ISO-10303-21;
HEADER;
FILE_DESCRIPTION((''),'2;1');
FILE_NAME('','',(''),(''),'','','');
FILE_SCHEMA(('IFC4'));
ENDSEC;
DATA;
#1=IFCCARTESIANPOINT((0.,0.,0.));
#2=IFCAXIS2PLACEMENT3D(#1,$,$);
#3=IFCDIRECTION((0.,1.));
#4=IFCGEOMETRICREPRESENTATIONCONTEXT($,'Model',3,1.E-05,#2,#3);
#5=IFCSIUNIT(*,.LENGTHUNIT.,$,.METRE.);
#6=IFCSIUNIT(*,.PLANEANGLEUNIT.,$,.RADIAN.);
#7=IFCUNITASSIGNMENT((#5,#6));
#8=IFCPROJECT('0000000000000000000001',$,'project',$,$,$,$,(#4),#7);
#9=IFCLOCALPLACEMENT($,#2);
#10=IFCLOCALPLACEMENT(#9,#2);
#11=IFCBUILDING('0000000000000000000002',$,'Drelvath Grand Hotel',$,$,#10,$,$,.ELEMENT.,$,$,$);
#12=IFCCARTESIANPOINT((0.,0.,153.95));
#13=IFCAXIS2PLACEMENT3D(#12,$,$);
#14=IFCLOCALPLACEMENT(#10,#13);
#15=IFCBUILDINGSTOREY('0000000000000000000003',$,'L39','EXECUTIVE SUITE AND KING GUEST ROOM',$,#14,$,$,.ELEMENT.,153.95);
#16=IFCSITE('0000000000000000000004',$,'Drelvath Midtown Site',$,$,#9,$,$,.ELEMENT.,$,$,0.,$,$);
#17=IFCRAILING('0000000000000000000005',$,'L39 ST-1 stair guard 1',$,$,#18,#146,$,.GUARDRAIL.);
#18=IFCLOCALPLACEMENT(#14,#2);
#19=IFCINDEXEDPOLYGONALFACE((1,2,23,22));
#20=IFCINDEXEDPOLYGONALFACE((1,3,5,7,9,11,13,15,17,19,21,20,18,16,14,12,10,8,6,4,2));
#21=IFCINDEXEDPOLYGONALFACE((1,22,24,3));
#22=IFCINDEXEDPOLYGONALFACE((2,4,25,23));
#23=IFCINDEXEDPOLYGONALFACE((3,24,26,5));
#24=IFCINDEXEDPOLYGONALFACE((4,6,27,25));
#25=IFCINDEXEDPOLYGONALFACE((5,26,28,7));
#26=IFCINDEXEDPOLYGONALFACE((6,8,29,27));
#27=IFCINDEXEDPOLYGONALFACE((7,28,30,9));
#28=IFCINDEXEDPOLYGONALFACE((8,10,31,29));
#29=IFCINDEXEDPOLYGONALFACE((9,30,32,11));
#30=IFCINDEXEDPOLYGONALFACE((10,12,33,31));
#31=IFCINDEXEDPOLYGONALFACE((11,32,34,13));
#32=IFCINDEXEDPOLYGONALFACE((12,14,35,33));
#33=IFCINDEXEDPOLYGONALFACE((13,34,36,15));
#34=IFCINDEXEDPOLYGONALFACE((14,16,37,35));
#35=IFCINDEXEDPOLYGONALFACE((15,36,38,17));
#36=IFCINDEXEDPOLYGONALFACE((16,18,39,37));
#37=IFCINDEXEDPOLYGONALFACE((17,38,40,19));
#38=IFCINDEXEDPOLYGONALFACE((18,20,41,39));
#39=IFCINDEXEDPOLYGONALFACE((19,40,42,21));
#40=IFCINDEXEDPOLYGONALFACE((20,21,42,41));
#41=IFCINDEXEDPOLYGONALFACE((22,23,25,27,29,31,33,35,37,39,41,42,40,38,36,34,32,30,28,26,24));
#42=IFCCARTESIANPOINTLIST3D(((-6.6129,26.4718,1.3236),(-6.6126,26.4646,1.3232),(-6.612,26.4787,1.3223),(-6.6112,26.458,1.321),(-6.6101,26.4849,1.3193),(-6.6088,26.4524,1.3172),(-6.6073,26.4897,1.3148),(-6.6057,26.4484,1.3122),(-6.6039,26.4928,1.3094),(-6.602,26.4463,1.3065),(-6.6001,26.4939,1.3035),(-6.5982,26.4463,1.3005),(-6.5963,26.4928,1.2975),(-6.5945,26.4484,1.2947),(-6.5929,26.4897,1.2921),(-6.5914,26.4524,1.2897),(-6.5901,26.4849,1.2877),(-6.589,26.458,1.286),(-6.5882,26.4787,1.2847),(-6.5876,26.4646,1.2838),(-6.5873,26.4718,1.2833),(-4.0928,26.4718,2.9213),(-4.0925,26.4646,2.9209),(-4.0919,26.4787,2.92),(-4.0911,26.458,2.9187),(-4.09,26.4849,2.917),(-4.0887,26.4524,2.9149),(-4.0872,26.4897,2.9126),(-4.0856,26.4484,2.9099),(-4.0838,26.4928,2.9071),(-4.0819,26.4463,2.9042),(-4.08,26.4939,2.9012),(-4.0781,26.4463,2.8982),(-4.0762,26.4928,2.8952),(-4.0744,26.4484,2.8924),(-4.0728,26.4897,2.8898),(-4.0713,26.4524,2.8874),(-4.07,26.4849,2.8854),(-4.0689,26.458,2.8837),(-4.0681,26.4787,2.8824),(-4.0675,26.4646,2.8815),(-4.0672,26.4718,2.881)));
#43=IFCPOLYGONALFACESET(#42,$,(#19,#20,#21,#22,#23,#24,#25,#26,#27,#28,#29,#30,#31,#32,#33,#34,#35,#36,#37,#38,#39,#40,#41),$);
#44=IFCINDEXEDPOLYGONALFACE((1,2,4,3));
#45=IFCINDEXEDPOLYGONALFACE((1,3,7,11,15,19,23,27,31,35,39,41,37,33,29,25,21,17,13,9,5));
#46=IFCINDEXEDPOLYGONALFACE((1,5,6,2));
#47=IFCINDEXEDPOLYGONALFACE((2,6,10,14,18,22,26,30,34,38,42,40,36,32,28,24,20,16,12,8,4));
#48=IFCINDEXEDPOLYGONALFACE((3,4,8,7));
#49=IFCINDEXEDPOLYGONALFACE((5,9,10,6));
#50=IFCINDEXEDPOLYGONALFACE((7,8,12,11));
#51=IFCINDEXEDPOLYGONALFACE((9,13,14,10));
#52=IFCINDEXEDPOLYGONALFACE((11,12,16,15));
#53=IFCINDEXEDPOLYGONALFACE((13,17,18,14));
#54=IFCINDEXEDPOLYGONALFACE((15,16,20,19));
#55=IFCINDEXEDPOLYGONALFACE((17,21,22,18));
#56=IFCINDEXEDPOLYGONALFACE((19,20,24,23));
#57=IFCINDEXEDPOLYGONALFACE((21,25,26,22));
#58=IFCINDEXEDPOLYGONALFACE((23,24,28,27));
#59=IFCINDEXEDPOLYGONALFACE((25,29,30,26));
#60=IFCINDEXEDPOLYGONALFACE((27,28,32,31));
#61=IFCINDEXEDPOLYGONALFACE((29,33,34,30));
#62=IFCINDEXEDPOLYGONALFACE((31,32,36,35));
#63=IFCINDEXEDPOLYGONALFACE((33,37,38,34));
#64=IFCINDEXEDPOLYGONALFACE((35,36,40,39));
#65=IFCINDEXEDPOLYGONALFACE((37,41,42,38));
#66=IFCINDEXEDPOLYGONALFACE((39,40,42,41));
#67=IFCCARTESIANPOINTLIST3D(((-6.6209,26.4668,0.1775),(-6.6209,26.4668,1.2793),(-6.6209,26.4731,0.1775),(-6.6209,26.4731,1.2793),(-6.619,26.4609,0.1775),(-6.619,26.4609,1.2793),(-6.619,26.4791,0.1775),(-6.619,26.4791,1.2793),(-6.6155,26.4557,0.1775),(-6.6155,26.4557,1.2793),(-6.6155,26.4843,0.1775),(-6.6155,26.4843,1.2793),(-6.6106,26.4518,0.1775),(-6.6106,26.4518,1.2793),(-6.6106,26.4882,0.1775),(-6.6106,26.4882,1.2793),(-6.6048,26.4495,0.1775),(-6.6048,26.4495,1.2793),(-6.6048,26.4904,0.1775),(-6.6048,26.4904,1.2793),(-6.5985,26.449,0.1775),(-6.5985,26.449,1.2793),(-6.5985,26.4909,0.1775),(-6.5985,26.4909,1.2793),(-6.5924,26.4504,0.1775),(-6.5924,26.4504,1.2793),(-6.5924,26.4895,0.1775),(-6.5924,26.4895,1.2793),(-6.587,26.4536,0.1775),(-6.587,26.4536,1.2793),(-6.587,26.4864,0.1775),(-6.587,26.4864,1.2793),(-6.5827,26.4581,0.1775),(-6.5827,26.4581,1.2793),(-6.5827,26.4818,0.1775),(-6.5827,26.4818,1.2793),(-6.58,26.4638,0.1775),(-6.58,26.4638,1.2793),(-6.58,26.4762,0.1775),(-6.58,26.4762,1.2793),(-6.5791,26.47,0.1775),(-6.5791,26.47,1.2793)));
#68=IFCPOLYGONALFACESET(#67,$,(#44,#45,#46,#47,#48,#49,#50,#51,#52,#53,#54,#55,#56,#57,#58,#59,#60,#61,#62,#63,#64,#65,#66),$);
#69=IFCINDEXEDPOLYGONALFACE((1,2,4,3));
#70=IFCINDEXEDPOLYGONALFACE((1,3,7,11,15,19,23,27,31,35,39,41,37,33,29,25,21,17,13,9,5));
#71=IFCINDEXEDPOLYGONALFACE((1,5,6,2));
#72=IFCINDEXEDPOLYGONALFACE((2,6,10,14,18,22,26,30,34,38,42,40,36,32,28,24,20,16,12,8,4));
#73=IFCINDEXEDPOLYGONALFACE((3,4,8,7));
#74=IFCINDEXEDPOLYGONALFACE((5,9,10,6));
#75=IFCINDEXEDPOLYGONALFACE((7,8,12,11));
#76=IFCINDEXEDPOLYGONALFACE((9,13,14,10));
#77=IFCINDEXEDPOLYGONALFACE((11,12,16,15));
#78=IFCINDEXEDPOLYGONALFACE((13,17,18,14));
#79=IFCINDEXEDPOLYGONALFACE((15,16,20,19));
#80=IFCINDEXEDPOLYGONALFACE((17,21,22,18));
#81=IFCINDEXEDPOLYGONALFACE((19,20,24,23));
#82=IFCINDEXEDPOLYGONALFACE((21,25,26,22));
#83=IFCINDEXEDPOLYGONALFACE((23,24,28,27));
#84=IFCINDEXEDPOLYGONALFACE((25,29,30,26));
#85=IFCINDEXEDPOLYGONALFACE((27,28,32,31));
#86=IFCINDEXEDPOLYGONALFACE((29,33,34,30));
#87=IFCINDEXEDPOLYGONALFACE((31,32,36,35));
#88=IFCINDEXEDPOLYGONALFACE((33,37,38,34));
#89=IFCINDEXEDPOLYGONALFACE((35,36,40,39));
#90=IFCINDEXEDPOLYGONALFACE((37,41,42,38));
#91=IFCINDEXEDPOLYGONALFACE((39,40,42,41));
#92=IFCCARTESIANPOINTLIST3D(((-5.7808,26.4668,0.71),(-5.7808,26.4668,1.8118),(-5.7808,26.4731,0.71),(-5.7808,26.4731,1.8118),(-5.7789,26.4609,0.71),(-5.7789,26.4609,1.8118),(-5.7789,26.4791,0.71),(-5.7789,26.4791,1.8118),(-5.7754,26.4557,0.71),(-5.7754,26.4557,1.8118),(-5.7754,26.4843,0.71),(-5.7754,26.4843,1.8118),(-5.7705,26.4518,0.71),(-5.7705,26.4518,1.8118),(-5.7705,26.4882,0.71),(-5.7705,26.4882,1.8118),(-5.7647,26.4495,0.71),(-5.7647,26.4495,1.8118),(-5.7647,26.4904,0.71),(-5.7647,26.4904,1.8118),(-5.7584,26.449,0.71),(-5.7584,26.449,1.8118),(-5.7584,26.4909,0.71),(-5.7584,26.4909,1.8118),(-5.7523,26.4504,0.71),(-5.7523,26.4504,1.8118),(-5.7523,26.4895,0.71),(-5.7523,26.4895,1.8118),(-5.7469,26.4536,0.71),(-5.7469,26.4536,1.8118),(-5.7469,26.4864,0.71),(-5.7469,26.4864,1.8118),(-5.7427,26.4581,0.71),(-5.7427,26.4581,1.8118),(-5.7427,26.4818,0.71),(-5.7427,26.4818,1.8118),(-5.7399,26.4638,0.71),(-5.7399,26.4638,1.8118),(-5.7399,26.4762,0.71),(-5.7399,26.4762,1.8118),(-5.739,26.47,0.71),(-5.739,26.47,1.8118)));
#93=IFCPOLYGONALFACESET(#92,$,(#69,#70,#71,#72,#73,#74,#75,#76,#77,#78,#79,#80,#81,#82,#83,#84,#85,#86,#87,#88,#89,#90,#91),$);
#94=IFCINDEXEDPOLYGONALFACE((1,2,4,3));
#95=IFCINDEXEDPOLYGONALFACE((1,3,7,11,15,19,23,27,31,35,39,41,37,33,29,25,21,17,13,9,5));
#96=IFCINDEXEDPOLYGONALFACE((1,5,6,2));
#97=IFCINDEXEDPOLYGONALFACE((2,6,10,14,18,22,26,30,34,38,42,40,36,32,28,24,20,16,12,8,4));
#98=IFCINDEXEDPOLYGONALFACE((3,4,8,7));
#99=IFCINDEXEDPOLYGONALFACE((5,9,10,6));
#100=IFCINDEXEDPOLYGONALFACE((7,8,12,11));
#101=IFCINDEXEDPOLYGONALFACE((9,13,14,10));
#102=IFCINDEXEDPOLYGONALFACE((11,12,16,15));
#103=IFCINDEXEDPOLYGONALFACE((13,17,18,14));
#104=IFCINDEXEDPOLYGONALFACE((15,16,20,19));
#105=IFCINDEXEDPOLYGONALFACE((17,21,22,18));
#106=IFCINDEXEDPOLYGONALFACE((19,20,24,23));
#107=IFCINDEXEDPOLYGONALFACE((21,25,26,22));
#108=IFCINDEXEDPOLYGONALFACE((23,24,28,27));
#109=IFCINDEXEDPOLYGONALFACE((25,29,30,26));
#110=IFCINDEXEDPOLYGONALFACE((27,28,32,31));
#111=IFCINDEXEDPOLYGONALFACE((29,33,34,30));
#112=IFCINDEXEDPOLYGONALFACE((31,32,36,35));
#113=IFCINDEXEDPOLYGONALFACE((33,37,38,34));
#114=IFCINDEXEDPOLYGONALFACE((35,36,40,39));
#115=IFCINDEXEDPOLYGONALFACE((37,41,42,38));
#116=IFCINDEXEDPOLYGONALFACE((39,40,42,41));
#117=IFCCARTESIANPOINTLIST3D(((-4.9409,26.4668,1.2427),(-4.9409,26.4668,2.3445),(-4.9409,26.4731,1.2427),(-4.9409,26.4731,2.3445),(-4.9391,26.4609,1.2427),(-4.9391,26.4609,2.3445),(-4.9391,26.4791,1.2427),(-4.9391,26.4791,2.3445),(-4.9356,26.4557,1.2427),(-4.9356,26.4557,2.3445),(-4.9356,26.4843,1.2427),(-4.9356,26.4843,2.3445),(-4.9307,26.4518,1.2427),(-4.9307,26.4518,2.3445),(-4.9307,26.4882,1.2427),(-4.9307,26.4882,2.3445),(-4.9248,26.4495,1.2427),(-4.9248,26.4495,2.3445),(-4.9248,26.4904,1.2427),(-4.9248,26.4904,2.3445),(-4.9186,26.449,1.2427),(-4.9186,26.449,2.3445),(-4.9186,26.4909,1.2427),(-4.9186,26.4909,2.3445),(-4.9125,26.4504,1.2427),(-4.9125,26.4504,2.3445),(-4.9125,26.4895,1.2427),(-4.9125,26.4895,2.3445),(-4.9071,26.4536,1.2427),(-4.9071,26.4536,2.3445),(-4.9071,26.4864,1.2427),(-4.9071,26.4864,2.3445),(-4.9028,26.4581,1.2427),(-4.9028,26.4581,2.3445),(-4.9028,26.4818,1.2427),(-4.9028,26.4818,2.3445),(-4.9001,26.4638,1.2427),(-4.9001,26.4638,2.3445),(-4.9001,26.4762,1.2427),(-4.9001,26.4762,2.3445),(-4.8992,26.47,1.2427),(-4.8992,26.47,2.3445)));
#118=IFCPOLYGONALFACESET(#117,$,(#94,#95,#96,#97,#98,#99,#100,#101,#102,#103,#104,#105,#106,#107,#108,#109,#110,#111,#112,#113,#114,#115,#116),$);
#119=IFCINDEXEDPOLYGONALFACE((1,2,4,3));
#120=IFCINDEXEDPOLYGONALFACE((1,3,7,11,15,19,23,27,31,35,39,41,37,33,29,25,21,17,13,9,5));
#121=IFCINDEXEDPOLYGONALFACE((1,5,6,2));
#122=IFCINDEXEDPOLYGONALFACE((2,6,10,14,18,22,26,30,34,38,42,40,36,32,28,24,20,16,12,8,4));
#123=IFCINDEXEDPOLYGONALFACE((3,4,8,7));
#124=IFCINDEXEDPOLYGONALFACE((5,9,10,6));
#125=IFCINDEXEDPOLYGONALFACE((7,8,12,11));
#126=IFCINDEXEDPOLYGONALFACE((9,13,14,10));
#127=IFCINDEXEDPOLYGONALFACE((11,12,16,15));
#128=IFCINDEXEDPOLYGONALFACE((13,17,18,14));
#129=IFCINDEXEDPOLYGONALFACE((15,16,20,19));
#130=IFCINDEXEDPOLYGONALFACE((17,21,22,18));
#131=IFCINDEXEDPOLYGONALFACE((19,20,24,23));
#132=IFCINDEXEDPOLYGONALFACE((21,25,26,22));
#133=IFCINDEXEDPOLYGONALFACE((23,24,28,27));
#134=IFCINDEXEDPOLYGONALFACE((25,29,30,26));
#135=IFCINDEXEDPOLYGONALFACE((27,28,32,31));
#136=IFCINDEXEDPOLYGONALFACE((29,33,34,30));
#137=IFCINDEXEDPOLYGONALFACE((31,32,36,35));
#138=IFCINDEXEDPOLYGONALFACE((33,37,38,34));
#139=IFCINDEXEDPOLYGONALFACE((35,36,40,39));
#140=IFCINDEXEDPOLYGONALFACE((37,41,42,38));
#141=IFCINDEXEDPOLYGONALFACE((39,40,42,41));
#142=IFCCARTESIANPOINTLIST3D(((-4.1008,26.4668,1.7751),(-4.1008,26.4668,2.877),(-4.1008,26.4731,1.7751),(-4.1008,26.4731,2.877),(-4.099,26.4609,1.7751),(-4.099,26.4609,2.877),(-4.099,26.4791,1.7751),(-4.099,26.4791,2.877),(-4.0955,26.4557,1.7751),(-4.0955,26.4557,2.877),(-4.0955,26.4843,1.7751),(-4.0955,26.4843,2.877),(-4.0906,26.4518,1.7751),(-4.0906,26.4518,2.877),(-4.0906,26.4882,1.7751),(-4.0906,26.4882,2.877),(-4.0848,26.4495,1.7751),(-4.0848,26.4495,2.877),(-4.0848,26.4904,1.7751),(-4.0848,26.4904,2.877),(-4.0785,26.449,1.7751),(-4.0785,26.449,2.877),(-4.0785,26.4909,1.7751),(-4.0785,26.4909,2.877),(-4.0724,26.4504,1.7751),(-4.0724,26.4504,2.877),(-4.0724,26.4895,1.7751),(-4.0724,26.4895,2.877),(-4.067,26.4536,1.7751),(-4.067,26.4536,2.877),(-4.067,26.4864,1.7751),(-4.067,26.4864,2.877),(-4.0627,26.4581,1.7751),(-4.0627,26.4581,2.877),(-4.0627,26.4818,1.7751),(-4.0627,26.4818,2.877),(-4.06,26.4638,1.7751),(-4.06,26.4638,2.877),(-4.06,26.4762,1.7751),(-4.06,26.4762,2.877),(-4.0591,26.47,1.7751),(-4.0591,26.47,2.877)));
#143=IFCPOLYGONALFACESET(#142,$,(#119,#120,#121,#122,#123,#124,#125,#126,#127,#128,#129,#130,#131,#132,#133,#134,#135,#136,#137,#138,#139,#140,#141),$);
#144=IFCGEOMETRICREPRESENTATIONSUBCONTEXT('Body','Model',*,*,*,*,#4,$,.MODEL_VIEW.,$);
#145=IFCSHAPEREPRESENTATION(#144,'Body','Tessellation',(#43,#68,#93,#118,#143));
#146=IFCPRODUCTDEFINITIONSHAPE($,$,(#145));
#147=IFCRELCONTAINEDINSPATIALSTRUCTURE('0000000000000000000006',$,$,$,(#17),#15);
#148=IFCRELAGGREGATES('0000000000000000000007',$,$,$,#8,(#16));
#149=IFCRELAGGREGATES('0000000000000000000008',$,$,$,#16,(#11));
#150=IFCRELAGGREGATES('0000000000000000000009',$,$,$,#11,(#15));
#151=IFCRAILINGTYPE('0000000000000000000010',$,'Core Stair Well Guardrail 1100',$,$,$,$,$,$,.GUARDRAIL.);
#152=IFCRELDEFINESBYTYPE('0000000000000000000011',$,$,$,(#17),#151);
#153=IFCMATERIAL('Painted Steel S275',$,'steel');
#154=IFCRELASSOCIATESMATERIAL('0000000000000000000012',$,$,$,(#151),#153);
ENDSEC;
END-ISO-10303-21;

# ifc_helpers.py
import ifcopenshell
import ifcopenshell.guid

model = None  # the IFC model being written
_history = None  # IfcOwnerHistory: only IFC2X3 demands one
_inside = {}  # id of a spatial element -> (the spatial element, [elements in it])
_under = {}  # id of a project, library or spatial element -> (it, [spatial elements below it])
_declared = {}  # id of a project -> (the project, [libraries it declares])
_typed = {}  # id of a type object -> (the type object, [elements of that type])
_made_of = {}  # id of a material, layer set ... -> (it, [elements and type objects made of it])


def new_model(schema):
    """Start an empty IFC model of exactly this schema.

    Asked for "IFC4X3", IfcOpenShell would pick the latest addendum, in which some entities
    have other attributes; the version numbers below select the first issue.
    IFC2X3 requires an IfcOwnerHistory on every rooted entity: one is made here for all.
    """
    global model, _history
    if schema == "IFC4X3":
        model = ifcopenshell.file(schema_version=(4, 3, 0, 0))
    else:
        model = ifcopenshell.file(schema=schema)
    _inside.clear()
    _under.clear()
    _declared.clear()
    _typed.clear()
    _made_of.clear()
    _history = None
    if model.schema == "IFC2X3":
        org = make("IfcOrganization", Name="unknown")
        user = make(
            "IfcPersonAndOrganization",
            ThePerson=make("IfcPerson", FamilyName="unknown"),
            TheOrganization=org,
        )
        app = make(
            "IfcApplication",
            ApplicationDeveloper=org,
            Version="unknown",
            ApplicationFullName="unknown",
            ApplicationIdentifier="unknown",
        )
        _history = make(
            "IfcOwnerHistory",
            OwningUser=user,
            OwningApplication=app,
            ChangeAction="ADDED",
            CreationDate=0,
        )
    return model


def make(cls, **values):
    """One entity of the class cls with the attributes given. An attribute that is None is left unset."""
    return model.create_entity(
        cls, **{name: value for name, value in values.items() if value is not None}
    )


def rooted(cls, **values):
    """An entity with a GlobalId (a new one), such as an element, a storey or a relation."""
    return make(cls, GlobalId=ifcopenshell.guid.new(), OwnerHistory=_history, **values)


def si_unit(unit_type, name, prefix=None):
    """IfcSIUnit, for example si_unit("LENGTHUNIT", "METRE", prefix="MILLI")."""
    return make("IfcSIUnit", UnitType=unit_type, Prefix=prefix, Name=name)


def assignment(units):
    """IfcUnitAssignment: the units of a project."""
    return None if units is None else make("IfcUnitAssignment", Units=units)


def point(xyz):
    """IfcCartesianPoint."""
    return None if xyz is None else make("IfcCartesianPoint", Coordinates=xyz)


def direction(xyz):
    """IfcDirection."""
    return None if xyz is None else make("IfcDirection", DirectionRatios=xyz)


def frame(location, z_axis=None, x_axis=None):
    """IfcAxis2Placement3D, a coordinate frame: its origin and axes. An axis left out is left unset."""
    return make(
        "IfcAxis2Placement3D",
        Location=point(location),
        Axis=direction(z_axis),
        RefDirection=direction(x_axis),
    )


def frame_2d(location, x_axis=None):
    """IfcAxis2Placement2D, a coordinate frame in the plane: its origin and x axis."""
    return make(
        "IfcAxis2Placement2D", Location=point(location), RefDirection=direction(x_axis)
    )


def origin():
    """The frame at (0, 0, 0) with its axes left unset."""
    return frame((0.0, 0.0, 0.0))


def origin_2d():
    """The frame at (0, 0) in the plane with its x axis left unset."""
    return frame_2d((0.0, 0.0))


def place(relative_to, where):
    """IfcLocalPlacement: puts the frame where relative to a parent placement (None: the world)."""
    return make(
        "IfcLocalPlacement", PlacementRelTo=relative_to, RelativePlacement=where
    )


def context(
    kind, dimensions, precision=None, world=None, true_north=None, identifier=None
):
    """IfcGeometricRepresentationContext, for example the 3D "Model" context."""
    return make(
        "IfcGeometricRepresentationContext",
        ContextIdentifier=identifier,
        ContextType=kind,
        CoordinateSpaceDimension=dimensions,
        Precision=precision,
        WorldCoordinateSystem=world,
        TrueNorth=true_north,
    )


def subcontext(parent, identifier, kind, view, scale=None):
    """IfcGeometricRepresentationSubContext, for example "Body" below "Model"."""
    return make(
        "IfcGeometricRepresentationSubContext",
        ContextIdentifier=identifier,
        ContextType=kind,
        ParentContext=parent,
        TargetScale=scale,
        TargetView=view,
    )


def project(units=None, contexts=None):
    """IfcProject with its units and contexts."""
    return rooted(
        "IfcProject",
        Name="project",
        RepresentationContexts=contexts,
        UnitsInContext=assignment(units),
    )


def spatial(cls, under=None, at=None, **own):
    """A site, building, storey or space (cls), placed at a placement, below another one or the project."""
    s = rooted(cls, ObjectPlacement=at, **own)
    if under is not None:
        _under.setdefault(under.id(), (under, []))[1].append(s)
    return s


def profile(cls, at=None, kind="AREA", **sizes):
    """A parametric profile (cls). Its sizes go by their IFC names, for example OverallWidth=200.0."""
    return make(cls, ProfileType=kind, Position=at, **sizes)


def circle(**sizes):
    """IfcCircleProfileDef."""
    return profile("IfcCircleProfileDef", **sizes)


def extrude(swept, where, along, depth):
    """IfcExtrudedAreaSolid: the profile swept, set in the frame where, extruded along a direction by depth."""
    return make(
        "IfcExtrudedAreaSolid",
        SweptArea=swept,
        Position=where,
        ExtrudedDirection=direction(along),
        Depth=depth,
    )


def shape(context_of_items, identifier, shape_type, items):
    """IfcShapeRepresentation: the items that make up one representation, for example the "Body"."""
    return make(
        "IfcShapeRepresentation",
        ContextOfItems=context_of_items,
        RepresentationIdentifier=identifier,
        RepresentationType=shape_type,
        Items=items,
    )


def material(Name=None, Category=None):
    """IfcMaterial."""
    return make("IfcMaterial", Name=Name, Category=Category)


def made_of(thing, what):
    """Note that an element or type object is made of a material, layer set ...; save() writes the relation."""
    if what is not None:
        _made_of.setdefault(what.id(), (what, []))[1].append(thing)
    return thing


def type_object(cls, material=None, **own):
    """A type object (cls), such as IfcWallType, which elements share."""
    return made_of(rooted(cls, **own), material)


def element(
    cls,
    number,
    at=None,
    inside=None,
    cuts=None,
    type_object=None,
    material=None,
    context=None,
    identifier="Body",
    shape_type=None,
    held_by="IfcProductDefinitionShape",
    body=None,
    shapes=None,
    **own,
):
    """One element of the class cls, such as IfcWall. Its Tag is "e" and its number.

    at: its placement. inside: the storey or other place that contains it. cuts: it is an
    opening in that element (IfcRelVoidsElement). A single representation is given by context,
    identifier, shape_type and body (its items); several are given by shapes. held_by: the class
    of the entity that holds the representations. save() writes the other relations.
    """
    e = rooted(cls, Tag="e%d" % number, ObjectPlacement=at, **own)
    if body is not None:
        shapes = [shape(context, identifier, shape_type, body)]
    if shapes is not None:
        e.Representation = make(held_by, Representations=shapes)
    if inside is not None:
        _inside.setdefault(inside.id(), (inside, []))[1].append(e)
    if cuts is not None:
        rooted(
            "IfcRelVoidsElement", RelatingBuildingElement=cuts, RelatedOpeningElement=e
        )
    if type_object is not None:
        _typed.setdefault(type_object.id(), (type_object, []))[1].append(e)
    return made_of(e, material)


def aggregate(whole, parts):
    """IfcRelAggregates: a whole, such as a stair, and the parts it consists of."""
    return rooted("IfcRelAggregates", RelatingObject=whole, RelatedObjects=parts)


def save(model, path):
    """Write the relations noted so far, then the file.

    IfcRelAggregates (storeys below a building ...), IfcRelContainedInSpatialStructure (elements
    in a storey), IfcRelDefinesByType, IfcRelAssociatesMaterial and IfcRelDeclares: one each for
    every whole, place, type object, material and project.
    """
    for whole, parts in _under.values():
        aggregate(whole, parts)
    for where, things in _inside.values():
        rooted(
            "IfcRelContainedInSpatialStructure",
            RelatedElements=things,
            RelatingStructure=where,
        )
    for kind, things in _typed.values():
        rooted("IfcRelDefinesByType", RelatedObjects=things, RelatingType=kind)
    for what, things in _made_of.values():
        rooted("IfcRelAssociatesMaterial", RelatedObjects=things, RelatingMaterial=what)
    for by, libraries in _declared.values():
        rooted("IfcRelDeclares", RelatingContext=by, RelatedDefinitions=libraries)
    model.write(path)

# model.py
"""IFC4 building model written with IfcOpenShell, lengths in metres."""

from ifc_helpers import new_model, si_unit, direction, frame, origin, origin_2d, place, context, subcontext, project, spatial, circle, extrude, material, type_object, element, save


model = new_model("IFC4")

# Units and contexts
model_context = context("Model", 3, precision=1e-05, world=origin(), true_north=direction((0.0, 1.0)))
body_context = subcontext(model_context, "Body", "Model", "MODEL_VIEW")
ifc_project = project(units=[si_unit("LENGTHUNIT", "METRE"), si_unit("PLANEANGLEUNIT", "RADIAN")], contexts=[model_context])

# Site, building, storey
site_placement = place(None, origin())
site = spatial("IfcSite", under=ifc_project, at=site_placement, Name="Drelvath Midtown Site", CompositionType="ELEMENT", RefElevation=0.0)
building_placement = place(site_placement, origin())
building = spatial("IfcBuilding", under=site, at=building_placement, Name="Drelvath Grand Hotel", CompositionType="ELEMENT")
storey_placement = place(building_placement, frame((0.0, 0.0, 153.95)))
storey = spatial("IfcBuildingStorey", under=building, at=storey_placement, Name="L39", Description="EXECUTIVE SUITE AND KING GUEST ROOM", CompositionType="ELEMENT", Elevation=153.95)

# Shared definitions
ifc_material_1 = material(Name="Painted Steel S275", Category="steel")

# Railing
railing_type_1 = type_object("IfcRailingType", Name="Core Stair Well Guardrail 1100", PredefinedType="GUARDRAIL", material=ifc_material_1)
railing_1_placement = place(storey_placement, frame((-6.6001, 26.47, 0.1775)))
element("IfcRailing", 1, at=railing_1_placement, inside=storey, type_object=railing_type_1, Name="L39 ST-1 stair guard 1", PredefinedType="GUARDRAIL", context=body_context, shape_type="SweptSolid", body=[
    extrude(circle(Radius=0.0239, at=origin_2d()), frame((0.0, 0.0, 1.126), z_axis=(0.84457, 0.0, 0.535445), x_axis=(0.0, 1.0, 0.0)), (0.0, 0.0, 1.0), 2.9839),
    extrude(circle(Radius=0.021, at=origin_2d()), origin(), (0.0, 0.0, 1.0), 1.1018),
    extrude(circle(Radius=0.021, at=origin_2d()), frame((0.8401, 0.0, 0.5325)), (0.0, 0.0, 1.0), 1.1018),
    extrude(circle(Radius=0.021, at=origin_2d()), frame((1.6799, 0.0, 1.0652)), (0.0, 0.0, 1.0), 1.1018),
    extrude(circle(Radius=0.021, at=origin_2d()), frame((2.52, 0.0, 1.5977)), (0.0, 0.0, 1.0), 1.1018),
])

save(model, "model.ifc")
